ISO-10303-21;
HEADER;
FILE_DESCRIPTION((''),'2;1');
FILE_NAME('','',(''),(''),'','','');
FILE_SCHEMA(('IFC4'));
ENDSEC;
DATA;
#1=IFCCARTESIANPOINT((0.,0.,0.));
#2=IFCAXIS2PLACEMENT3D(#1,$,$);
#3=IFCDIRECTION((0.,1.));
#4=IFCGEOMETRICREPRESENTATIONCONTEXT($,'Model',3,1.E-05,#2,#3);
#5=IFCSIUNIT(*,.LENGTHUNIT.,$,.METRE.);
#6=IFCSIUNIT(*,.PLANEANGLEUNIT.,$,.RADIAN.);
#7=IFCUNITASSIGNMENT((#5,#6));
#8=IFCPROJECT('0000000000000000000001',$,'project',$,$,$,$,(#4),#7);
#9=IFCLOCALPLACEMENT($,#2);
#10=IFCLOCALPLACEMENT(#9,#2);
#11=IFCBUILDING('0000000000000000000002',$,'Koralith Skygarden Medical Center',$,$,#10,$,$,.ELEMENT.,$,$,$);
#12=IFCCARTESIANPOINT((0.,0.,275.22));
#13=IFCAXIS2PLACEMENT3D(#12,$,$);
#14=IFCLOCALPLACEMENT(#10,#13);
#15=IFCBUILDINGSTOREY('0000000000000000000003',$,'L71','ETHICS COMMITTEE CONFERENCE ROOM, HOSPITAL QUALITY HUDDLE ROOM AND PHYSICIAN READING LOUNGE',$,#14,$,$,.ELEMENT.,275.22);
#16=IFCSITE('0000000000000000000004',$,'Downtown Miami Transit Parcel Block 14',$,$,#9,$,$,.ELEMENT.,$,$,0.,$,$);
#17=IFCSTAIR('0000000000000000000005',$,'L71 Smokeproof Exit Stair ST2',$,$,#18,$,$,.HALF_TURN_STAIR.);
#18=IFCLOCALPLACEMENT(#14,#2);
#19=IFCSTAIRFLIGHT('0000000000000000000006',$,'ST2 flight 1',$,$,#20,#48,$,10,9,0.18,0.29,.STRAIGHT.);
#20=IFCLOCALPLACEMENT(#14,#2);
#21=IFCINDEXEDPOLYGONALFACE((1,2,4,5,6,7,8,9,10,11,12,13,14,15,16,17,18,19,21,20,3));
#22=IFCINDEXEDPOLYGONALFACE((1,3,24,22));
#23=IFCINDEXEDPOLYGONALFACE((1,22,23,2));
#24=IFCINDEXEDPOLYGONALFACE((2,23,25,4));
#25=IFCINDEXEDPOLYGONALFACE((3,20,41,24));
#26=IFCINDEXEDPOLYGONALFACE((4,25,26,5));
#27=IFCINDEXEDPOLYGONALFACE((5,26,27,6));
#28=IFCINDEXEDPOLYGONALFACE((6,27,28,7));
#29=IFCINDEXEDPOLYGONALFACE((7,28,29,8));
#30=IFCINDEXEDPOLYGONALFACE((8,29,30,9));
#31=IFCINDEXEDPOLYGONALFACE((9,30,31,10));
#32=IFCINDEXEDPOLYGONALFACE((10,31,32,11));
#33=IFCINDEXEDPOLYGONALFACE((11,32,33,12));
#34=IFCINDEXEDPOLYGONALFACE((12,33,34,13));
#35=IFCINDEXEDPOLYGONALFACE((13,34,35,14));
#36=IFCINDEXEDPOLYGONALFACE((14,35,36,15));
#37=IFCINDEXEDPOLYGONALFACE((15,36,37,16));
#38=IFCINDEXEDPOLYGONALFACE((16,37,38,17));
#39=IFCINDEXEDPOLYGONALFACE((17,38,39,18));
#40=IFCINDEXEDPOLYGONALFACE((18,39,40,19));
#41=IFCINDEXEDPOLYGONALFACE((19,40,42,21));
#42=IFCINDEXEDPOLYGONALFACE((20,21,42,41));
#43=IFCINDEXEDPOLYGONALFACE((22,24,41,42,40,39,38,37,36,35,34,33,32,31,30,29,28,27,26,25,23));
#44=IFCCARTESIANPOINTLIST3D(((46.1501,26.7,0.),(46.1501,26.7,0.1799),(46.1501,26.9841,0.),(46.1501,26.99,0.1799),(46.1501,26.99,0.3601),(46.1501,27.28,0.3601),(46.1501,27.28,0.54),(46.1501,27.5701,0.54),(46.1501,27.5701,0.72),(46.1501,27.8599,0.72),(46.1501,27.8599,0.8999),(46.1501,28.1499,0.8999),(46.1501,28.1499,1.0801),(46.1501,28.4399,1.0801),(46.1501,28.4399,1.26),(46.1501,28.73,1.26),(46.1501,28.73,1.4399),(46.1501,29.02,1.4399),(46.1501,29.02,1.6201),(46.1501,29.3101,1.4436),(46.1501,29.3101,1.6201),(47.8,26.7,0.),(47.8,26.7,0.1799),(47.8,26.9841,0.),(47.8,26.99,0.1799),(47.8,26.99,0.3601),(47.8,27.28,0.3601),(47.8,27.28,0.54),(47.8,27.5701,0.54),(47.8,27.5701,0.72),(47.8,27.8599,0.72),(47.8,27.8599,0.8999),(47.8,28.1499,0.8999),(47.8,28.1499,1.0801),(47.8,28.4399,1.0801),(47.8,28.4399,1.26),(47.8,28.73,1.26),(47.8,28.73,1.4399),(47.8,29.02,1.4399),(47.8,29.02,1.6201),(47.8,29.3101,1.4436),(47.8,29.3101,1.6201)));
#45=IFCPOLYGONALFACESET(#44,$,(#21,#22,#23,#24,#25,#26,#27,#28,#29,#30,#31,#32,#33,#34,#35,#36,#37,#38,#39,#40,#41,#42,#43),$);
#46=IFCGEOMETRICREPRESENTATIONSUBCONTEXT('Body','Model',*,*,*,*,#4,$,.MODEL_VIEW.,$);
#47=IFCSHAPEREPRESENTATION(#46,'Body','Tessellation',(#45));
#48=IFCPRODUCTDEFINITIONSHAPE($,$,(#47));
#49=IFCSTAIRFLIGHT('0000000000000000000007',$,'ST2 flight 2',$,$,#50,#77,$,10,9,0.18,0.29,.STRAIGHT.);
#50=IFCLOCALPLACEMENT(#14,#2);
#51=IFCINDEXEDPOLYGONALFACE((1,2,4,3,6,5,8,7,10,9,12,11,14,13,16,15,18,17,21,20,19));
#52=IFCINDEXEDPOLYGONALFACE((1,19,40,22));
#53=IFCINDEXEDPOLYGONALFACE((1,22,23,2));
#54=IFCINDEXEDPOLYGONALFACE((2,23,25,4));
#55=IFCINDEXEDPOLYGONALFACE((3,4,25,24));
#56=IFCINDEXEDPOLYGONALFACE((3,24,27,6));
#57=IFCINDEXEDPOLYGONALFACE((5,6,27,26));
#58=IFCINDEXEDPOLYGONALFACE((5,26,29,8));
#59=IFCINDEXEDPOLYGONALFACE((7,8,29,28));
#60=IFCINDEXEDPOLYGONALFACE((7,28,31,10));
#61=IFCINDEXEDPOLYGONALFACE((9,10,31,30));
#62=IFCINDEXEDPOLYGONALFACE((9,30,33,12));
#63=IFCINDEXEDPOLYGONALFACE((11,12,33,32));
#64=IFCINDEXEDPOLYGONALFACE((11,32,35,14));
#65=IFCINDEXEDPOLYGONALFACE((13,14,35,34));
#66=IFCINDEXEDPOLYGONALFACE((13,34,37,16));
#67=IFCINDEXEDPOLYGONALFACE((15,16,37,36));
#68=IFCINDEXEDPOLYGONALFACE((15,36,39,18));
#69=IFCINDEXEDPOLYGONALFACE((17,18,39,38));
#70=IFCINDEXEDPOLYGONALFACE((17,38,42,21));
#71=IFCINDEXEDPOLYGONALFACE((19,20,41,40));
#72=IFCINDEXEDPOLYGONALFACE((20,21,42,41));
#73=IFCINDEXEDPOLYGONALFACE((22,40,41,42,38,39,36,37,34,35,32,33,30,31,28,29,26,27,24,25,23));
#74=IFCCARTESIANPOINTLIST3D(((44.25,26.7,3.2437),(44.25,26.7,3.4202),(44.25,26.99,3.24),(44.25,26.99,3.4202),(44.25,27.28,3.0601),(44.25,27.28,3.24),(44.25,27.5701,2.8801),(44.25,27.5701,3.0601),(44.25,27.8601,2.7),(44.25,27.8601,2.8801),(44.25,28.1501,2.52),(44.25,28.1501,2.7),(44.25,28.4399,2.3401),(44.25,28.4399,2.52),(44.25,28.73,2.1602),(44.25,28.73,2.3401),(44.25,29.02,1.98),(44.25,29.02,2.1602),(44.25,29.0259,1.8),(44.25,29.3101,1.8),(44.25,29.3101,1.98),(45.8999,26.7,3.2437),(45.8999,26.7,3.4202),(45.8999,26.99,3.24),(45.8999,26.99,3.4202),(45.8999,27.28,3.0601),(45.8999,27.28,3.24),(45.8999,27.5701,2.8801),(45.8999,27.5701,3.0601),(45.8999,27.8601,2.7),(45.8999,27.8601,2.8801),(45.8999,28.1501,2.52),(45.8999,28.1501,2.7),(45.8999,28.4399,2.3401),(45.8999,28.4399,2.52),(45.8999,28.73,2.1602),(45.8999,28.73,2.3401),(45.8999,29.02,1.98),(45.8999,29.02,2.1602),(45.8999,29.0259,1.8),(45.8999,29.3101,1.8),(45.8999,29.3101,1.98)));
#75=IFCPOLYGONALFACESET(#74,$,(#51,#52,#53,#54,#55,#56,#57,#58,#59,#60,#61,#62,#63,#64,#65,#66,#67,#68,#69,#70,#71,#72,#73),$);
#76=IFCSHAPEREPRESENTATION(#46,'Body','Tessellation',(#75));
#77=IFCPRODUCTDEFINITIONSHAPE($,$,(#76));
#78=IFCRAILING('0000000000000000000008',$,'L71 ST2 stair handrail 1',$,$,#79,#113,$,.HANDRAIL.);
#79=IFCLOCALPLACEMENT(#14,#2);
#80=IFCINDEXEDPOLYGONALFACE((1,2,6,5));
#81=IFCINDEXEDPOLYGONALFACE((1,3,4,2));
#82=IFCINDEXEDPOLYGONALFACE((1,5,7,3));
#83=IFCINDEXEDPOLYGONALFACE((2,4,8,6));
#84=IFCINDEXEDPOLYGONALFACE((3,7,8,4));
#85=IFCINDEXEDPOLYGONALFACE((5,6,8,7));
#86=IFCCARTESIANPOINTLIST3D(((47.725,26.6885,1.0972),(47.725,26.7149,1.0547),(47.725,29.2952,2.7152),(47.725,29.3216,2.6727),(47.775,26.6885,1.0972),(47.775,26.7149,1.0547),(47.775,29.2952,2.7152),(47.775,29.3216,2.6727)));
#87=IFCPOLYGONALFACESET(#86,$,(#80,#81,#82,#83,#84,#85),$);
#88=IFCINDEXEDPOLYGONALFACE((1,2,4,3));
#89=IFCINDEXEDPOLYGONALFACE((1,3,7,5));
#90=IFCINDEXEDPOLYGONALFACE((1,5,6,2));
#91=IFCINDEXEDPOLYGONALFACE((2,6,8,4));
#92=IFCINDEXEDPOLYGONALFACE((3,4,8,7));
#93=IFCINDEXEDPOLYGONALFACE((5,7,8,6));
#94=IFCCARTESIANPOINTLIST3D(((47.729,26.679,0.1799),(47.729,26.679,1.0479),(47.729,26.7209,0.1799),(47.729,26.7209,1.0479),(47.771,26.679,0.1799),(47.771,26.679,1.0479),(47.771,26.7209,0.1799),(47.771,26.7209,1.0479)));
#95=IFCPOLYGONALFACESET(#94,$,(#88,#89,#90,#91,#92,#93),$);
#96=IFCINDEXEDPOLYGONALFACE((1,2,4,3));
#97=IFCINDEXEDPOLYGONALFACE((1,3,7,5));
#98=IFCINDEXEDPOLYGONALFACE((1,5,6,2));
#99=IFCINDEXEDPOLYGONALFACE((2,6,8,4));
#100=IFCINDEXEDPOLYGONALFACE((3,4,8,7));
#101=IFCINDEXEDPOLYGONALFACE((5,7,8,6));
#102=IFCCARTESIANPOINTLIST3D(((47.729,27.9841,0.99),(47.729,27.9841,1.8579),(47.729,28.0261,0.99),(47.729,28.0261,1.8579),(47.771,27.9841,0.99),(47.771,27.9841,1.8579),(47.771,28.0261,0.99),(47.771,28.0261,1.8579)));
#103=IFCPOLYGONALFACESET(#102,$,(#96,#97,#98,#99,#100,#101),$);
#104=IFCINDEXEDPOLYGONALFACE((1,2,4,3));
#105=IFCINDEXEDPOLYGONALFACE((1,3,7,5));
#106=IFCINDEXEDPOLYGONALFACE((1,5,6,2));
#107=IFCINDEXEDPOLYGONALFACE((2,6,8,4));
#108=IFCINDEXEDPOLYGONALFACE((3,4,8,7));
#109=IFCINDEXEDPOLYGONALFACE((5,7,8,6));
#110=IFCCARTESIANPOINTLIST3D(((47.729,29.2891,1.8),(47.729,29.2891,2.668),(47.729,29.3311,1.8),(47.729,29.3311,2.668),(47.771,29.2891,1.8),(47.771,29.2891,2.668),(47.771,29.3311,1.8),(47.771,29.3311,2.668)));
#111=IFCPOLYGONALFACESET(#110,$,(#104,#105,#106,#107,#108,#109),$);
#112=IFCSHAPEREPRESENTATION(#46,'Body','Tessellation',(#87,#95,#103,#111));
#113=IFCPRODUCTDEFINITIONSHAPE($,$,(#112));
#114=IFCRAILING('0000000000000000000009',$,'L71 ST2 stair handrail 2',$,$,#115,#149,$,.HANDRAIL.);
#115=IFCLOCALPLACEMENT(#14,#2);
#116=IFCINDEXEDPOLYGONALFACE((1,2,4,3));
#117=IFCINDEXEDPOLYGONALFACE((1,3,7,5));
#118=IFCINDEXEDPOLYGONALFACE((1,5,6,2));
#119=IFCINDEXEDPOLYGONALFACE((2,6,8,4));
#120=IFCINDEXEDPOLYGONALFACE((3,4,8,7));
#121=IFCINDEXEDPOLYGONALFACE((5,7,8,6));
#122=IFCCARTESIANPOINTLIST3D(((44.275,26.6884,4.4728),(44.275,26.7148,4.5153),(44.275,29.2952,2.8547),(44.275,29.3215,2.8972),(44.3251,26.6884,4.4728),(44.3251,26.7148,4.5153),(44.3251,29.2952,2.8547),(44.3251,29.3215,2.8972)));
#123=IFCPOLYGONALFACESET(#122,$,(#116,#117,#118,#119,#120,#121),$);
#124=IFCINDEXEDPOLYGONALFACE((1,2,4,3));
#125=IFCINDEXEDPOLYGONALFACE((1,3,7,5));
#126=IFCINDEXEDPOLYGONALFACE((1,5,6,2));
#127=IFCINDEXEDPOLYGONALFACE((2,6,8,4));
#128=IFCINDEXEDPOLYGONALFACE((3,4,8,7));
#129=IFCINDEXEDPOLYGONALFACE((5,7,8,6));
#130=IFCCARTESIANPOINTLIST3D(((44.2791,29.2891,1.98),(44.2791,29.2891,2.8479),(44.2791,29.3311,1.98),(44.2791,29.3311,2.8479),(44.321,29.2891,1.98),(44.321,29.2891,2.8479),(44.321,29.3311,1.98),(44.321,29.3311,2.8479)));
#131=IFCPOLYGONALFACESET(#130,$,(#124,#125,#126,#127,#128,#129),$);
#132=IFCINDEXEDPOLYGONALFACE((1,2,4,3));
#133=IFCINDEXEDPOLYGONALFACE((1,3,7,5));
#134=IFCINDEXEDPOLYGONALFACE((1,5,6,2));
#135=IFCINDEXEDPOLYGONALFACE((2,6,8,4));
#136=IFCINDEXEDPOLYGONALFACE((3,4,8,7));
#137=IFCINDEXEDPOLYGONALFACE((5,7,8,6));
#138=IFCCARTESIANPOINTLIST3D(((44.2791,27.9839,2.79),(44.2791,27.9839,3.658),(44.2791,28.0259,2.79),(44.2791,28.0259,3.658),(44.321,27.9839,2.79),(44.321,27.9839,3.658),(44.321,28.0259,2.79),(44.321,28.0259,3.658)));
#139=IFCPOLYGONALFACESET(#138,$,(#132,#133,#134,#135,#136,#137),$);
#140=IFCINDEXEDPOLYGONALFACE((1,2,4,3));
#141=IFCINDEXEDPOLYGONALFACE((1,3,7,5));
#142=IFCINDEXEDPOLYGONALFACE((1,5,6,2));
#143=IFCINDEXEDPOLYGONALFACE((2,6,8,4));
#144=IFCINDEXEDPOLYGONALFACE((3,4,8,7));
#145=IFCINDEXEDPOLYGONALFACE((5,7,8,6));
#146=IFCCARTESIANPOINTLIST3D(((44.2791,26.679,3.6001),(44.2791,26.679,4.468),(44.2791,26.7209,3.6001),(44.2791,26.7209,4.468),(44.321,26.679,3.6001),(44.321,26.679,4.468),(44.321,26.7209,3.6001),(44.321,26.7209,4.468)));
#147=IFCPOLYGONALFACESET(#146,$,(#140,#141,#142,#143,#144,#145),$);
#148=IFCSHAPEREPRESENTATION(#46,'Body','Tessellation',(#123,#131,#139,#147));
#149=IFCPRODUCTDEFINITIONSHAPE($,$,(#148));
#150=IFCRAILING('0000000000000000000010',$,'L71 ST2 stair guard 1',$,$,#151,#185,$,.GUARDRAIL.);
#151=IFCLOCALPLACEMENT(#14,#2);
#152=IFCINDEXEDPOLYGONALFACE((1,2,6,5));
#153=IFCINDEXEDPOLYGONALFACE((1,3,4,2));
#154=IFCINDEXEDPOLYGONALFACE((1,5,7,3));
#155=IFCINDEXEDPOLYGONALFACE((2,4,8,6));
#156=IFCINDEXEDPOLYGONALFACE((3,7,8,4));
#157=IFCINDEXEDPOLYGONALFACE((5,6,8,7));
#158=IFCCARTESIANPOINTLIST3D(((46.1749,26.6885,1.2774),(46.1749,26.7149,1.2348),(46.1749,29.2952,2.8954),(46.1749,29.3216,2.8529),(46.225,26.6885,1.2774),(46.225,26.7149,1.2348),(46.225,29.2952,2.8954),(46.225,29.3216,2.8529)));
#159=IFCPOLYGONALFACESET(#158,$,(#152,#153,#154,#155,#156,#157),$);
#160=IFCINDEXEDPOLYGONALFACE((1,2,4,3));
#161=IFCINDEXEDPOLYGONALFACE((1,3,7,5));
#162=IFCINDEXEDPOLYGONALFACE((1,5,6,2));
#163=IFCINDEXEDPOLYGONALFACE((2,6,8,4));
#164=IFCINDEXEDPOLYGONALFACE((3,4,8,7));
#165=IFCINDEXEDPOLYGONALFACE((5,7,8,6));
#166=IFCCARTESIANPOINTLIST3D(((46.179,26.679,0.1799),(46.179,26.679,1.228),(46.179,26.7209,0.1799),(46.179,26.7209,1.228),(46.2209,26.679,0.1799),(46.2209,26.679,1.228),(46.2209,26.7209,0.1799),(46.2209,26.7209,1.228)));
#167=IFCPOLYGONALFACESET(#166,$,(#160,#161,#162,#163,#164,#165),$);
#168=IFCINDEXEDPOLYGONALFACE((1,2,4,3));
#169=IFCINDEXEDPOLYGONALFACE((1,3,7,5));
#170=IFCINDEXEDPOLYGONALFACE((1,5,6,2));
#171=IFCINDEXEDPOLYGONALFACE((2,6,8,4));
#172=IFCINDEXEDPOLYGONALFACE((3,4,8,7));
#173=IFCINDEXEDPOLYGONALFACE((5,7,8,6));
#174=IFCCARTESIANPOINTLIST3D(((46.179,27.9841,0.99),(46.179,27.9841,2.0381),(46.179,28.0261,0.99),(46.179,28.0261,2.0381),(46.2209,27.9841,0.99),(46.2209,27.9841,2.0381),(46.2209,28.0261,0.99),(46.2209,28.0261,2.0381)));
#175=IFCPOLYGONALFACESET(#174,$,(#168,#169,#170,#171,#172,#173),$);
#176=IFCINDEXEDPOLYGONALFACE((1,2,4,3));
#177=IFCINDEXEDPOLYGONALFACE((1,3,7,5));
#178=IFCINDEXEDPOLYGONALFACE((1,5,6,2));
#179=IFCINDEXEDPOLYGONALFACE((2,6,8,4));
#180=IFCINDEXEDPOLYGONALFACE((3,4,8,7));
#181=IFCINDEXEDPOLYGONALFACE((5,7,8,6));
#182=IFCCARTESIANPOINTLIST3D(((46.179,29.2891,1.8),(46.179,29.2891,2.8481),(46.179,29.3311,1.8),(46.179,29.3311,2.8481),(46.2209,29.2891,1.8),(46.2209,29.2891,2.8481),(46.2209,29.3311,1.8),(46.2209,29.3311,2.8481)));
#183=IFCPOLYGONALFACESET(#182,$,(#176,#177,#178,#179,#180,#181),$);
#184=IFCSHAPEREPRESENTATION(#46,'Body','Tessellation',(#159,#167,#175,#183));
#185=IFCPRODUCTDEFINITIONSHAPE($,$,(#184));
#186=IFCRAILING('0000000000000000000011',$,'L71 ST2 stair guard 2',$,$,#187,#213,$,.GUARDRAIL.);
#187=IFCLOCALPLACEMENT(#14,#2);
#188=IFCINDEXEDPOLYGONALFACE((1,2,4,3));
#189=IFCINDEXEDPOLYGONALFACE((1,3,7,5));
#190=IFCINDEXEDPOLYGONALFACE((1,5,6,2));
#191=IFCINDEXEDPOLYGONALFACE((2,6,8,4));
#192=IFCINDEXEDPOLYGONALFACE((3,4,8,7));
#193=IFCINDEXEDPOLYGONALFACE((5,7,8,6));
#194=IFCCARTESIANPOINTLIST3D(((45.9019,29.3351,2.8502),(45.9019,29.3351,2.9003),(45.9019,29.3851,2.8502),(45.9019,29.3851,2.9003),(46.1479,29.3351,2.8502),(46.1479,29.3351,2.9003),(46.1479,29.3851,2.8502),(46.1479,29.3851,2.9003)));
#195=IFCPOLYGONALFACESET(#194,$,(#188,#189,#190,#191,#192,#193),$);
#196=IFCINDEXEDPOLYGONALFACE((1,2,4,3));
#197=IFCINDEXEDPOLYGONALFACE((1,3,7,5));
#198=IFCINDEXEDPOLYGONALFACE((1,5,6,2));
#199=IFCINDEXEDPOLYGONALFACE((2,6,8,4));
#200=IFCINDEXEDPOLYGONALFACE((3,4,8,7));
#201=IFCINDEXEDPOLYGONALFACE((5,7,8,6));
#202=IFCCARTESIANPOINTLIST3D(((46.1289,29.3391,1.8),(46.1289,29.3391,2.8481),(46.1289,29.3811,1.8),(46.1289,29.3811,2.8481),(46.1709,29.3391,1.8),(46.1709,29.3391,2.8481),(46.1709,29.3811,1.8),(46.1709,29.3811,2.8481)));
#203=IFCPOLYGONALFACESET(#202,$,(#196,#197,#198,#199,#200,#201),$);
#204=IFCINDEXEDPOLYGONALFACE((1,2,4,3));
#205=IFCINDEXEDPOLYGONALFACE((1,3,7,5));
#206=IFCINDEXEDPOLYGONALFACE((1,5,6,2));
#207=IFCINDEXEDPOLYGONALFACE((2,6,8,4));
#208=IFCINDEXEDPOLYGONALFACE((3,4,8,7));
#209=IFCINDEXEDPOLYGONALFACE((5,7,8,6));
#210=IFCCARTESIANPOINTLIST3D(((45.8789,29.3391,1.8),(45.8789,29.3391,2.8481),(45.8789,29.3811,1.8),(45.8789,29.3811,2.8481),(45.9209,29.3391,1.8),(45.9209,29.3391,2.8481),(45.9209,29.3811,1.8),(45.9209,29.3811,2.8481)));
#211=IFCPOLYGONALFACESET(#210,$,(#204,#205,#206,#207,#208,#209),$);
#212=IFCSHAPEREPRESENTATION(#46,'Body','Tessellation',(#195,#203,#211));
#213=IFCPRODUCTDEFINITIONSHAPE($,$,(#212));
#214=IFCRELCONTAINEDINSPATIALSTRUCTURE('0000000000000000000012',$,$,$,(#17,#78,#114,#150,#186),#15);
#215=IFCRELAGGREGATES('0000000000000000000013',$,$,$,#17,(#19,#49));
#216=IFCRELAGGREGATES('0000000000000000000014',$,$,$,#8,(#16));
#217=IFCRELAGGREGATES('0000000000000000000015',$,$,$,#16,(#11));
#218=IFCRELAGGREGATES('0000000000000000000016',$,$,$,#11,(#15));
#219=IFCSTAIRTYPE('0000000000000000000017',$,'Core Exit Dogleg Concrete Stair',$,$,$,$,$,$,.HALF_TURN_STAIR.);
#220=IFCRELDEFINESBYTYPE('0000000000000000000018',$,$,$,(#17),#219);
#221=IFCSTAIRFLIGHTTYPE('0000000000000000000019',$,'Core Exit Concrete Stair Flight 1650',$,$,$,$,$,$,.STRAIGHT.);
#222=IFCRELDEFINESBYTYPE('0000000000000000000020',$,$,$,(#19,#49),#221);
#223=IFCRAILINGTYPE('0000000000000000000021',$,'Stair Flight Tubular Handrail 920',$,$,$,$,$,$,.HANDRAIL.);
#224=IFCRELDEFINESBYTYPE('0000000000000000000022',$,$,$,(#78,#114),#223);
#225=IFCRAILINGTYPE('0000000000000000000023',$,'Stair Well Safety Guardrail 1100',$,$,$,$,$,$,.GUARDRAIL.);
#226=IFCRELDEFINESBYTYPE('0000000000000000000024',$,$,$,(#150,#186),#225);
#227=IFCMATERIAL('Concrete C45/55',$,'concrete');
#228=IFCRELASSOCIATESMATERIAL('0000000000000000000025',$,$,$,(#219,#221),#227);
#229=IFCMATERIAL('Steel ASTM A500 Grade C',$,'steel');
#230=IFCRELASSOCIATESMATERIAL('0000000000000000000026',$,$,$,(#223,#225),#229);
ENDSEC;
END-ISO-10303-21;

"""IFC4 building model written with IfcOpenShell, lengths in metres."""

from ifc_helpers import new_model, si_unit, direction, frame, origin, origin_2d, place, context, subcontext, project, spatial, polyline, rectangle, outline, extrude, material, type_object, element, aggregate, save


model = new_model("IFC4")

# Units and contexts
model_context = context("Model", 3, precision=1e-05, world=origin(), true_north=direction((0.0, 1.0)))
body_context = subcontext(model_context, "Body", "Model", "MODEL_VIEW")
ifc_project = project(units=[si_unit("LENGTHUNIT", "METRE"), si_unit("PLANEANGLEUNIT", "RADIAN")], contexts=[model_context])

# Site, building, storey
site_placement = place(None, origin())
site = spatial("IfcSite", under=ifc_project, at=site_placement, Name="Downtown Miami Transit Parcel Block 14", CompositionType="ELEMENT", RefElevation=0.0)
building_placement = place(site_placement, origin())
building = spatial("IfcBuilding", under=site, at=building_placement, Name="Koralith Skygarden Medical Center", CompositionType="ELEMENT")
storey_placement = place(building_placement, frame((0.0, 0.0, 275.22)))
storey = spatial("IfcBuildingStorey", under=building, at=storey_placement, Name="L71", Description="ETHICS COMMITTEE CONFERENCE ROOM, HOSPITAL QUALITY HUDDLE ROOM AND PHYSICIAN READING LOUNGE", CompositionType="ELEMENT", Elevation=275.22)

# Shared definitions
ifc_material_1 = material(Name="Concrete C45/55", Category="concrete")

# Stair, stair flights
stair_type = type_object("IfcStairType", Name="Core Exit Dogleg Concrete Stair", PredefinedType="HALF_TURN_STAIR", material=ifc_material_1)
stair_placement = place(storey_placement, origin())
stair = element("IfcStair", 1, at=stair_placement, inside=storey, type_object=stair_type, Name="L71 Smokeproof Exit Stair ST2", PredefinedType="HALF_TURN_STAIR")
stair_flight_type = type_object("IfcStairFlightType", Name="Core Exit Concrete Stair Flight 1650", PredefinedType="STRAIGHT", material=ifc_material_1)
stair_flight_1_placement = place(storey_placement, frame((46.9751, 26.7, 0.0), z_axis=(0.0, 0.0, 1.0), x_axis=(0.0, 1.0, 0.0)))
stair_flight_1 = element("IfcStairFlight", 2, at=stair_flight_1_placement, type_object=stair_flight_type, Name="ST2 flight 1", NumberOfRisers=10, NumberOfTreads=9, PredefinedType="STRAIGHT", RiserHeight=0.18, TreadLength=0.29, context=body_context, shape_type="SweptSolid", body=[
    extrude(outline(polyline([(0.0, 0.0), (0.0, 0.1799), (0.29, 0.1799), (0.29, 0.3601), (0.5801, 0.3601), (0.5801, 0.54), (0.8701, 0.54), (0.8701, 0.72), (1.1599, 0.72), (1.1599, 0.8999), (1.45, 0.8999), (1.45, 1.0801), (1.74, 1.0801), (1.74, 1.26), (2.03, 1.26), (2.03, 1.4399), (2.3201, 1.4399), (2.3201, 1.6201), (2.6101, 1.6201), (2.6101, 1.8), (2.6101, 1.4436), (0.2842, 0.0), (0.0, 0.0)])), frame((0.0, 0.825, 0.0), z_axis=(0.0, -1.0, 0.0), x_axis=(1.0, 0.0, 0.0)), (0.0, 0.0, 1.0), 1.6499),
])
stair_flight_2_placement = place(storey_placement, frame((45.075, 29.3101, 1.8), z_axis=(0.0, 0.0, 1.0), x_axis=(0.0, -1.0, 0.0)))
stair_flight_2 = element("IfcStairFlight", 3, at=stair_flight_2_placement, type_object=stair_flight_type, Name="ST2 flight 2", NumberOfRisers=10, NumberOfTreads=9, PredefinedType="STRAIGHT", RiserHeight=0.18, TreadLength=0.29, context=body_context, shape_type="SweptSolid", body=[
    extrude(outline(polyline([(0.0, 0.0), (0.0, 0.1799), (0.29, 0.1799), (0.29, 0.3601), (0.5801, 0.3601), (0.5801, 0.54), (0.8701, 0.54), (0.8701, 0.72), (1.1599, 0.72), (1.1599, 0.8999), (1.45, 0.8999), (1.45, 1.0801), (1.74, 1.0801), (1.74, 1.26), (2.03, 1.26), (2.03, 1.4399), (2.3201, 1.4399), (2.3201, 1.6201), (2.6101, 1.6201), (2.6101, 1.8), (2.6101, 1.4436), (0.2842, 0.0), (0.0, 0.0)])), frame((0.0, 0.825, 0.0), z_axis=(0.0, -1.0, 0.0), x_axis=(1.0, 0.0, 0.0)), (0.0, 0.0, 1.0), 1.6499),
])
aggregate(stair, [stair_flight_1, stair_flight_2])

# Railings
ifc_material_2 = material(Name="Steel ASTM A500 Grade C", Category="steel")
railing_type_1 = type_object("IfcRailingType", Name="Stair Flight Tubular Handrail 920", PredefinedType="HANDRAIL", material=ifc_material_2)
railing_1_placement = place(storey_placement, frame((47.75, 26.7, 0.1799)))
element("IfcRailing", 4, at=railing_1_placement, inside=storey, type_object=railing_type_1, Name="L71 ST2 stair handrail 1", PredefinedType="HANDRAIL", context=body_context, shape_type="SweptSolid", body=[
    extrude(rectangle(XDim=0.05, YDim=0.05, at=origin_2d()), frame((0.0, 0.0017, 0.896), z_axis=(0.0, 0.849633, 0.527375), x_axis=(-1.0, 0.0, 0.0)), (0.0, 0.0, 1.0), 3.0681),
    extrude(rectangle(XDim=0.042, YDim=0.042, at=origin_2d()), origin(), (0.0, 0.0, 1.0), 0.8679),
    extrude(rectangle(XDim=0.042, YDim=0.042, at=origin_2d()), frame((0.0, 1.3052, 0.8101)), (0.0, 0.0, 1.0), 0.8679),
    extrude(rectangle(XDim=0.042, YDim=0.042, at=origin_2d()), frame((0.0, 2.6101, 1.6201)), (0.0, 0.0, 1.0), 0.8679),
])
railing_2_placement = place(storey_placement, frame((44.3, 29.3101, 1.98)))
element("IfcRailing", 5, at=railing_2_placement, inside=storey, type_object=railing_type_1, Name="L71 ST2 stair handrail 2", PredefinedType="HANDRAIL", context=body_context, shape_type="SweptSolid", body=[
    extrude(rectangle(XDim=0.05, YDim=0.05, at=origin_2d()), frame((0.0, -0.0017, 0.896), z_axis=(0.0, -0.849633, 0.527375), x_axis=(1.0, 0.0, 0.0)), (0.0, 0.0, 1.0), 3.0681),
    extrude(rectangle(XDim=0.042, YDim=0.042, at=origin_2d()), origin(), (0.0, 0.0, 1.0), 0.8679),
    extrude(rectangle(XDim=0.042, YDim=0.042, at=origin_2d()), frame((0.0, -1.3052, 0.8101)), (0.0, 0.0, 1.0), 0.8679),
    extrude(rectangle(XDim=0.042, YDim=0.042, at=origin_2d()), frame((0.0, -2.6101, 1.6201)), (0.0, 0.0, 1.0), 0.8679),
])
railing_type_2 = type_object("IfcRailingType", Name="Stair Well Safety Guardrail 1100", PredefinedType="GUARDRAIL", material=ifc_material_2)
railing_3_placement = place(storey_placement, frame((46.2, 26.7, 0.1799)))
element("IfcRailing", 6, at=railing_3_placement, inside=storey, type_object=railing_type_2, Name="L71 ST2 stair guard 1", PredefinedType="GUARDRAIL", context=body_context, shape_type="SweptSolid", body=[
    extrude(rectangle(XDim=0.05, YDim=0.05, at=origin_2d()), frame((0.0, 0.0017, 1.0762), z_axis=(0.0, 0.849633, 0.527375), x_axis=(-1.0, 0.0, 0.0)), (0.0, 0.0, 1.0), 3.0681),
    extrude(rectangle(XDim=0.042, YDim=0.042, at=origin_2d()), origin(), (0.0, 0.0, 1.0), 1.0481),
    extrude(rectangle(XDim=0.042, YDim=0.042, at=origin_2d()), frame((0.0, 1.3052, 0.8101)), (0.0, 0.0, 1.0), 1.0481),
    extrude(rectangle(XDim=0.042, YDim=0.042, at=origin_2d()), frame((0.0, 2.6101, 1.6201)), (0.0, 0.0, 1.0), 1.0481),
])
railing_4_placement = place(storey_placement, frame((46.1499, 29.3601, 1.8)))
element("IfcRailing", 7, at=railing_4_placement, inside=storey, type_object=railing_type_2, Name="L71 ST2 stair guard 2", PredefinedType="GUARDRAIL", context=body_context, shape_type="SweptSolid", body=[
    extrude(rectangle(XDim=0.05, YDim=0.05, at=origin_2d()), frame((-0.002, 0.0, 1.0752), z_axis=(-1.0, 0.0, 0.0), x_axis=(0.0, -1.0, 0.0)), (0.0, 0.0, 1.0), 0.2461),
    extrude(rectangle(XDim=0.042, YDim=0.042, at=origin_2d()), origin(), (0.0, 0.0, 1.0), 1.0481),
    extrude(rectangle(XDim=0.042, YDim=0.042, at=origin_2d()), frame((-0.25, 0.0, 0.0)), (0.0, 0.0, 1.0), 1.0481),
])

save(model, "model.ifc")
